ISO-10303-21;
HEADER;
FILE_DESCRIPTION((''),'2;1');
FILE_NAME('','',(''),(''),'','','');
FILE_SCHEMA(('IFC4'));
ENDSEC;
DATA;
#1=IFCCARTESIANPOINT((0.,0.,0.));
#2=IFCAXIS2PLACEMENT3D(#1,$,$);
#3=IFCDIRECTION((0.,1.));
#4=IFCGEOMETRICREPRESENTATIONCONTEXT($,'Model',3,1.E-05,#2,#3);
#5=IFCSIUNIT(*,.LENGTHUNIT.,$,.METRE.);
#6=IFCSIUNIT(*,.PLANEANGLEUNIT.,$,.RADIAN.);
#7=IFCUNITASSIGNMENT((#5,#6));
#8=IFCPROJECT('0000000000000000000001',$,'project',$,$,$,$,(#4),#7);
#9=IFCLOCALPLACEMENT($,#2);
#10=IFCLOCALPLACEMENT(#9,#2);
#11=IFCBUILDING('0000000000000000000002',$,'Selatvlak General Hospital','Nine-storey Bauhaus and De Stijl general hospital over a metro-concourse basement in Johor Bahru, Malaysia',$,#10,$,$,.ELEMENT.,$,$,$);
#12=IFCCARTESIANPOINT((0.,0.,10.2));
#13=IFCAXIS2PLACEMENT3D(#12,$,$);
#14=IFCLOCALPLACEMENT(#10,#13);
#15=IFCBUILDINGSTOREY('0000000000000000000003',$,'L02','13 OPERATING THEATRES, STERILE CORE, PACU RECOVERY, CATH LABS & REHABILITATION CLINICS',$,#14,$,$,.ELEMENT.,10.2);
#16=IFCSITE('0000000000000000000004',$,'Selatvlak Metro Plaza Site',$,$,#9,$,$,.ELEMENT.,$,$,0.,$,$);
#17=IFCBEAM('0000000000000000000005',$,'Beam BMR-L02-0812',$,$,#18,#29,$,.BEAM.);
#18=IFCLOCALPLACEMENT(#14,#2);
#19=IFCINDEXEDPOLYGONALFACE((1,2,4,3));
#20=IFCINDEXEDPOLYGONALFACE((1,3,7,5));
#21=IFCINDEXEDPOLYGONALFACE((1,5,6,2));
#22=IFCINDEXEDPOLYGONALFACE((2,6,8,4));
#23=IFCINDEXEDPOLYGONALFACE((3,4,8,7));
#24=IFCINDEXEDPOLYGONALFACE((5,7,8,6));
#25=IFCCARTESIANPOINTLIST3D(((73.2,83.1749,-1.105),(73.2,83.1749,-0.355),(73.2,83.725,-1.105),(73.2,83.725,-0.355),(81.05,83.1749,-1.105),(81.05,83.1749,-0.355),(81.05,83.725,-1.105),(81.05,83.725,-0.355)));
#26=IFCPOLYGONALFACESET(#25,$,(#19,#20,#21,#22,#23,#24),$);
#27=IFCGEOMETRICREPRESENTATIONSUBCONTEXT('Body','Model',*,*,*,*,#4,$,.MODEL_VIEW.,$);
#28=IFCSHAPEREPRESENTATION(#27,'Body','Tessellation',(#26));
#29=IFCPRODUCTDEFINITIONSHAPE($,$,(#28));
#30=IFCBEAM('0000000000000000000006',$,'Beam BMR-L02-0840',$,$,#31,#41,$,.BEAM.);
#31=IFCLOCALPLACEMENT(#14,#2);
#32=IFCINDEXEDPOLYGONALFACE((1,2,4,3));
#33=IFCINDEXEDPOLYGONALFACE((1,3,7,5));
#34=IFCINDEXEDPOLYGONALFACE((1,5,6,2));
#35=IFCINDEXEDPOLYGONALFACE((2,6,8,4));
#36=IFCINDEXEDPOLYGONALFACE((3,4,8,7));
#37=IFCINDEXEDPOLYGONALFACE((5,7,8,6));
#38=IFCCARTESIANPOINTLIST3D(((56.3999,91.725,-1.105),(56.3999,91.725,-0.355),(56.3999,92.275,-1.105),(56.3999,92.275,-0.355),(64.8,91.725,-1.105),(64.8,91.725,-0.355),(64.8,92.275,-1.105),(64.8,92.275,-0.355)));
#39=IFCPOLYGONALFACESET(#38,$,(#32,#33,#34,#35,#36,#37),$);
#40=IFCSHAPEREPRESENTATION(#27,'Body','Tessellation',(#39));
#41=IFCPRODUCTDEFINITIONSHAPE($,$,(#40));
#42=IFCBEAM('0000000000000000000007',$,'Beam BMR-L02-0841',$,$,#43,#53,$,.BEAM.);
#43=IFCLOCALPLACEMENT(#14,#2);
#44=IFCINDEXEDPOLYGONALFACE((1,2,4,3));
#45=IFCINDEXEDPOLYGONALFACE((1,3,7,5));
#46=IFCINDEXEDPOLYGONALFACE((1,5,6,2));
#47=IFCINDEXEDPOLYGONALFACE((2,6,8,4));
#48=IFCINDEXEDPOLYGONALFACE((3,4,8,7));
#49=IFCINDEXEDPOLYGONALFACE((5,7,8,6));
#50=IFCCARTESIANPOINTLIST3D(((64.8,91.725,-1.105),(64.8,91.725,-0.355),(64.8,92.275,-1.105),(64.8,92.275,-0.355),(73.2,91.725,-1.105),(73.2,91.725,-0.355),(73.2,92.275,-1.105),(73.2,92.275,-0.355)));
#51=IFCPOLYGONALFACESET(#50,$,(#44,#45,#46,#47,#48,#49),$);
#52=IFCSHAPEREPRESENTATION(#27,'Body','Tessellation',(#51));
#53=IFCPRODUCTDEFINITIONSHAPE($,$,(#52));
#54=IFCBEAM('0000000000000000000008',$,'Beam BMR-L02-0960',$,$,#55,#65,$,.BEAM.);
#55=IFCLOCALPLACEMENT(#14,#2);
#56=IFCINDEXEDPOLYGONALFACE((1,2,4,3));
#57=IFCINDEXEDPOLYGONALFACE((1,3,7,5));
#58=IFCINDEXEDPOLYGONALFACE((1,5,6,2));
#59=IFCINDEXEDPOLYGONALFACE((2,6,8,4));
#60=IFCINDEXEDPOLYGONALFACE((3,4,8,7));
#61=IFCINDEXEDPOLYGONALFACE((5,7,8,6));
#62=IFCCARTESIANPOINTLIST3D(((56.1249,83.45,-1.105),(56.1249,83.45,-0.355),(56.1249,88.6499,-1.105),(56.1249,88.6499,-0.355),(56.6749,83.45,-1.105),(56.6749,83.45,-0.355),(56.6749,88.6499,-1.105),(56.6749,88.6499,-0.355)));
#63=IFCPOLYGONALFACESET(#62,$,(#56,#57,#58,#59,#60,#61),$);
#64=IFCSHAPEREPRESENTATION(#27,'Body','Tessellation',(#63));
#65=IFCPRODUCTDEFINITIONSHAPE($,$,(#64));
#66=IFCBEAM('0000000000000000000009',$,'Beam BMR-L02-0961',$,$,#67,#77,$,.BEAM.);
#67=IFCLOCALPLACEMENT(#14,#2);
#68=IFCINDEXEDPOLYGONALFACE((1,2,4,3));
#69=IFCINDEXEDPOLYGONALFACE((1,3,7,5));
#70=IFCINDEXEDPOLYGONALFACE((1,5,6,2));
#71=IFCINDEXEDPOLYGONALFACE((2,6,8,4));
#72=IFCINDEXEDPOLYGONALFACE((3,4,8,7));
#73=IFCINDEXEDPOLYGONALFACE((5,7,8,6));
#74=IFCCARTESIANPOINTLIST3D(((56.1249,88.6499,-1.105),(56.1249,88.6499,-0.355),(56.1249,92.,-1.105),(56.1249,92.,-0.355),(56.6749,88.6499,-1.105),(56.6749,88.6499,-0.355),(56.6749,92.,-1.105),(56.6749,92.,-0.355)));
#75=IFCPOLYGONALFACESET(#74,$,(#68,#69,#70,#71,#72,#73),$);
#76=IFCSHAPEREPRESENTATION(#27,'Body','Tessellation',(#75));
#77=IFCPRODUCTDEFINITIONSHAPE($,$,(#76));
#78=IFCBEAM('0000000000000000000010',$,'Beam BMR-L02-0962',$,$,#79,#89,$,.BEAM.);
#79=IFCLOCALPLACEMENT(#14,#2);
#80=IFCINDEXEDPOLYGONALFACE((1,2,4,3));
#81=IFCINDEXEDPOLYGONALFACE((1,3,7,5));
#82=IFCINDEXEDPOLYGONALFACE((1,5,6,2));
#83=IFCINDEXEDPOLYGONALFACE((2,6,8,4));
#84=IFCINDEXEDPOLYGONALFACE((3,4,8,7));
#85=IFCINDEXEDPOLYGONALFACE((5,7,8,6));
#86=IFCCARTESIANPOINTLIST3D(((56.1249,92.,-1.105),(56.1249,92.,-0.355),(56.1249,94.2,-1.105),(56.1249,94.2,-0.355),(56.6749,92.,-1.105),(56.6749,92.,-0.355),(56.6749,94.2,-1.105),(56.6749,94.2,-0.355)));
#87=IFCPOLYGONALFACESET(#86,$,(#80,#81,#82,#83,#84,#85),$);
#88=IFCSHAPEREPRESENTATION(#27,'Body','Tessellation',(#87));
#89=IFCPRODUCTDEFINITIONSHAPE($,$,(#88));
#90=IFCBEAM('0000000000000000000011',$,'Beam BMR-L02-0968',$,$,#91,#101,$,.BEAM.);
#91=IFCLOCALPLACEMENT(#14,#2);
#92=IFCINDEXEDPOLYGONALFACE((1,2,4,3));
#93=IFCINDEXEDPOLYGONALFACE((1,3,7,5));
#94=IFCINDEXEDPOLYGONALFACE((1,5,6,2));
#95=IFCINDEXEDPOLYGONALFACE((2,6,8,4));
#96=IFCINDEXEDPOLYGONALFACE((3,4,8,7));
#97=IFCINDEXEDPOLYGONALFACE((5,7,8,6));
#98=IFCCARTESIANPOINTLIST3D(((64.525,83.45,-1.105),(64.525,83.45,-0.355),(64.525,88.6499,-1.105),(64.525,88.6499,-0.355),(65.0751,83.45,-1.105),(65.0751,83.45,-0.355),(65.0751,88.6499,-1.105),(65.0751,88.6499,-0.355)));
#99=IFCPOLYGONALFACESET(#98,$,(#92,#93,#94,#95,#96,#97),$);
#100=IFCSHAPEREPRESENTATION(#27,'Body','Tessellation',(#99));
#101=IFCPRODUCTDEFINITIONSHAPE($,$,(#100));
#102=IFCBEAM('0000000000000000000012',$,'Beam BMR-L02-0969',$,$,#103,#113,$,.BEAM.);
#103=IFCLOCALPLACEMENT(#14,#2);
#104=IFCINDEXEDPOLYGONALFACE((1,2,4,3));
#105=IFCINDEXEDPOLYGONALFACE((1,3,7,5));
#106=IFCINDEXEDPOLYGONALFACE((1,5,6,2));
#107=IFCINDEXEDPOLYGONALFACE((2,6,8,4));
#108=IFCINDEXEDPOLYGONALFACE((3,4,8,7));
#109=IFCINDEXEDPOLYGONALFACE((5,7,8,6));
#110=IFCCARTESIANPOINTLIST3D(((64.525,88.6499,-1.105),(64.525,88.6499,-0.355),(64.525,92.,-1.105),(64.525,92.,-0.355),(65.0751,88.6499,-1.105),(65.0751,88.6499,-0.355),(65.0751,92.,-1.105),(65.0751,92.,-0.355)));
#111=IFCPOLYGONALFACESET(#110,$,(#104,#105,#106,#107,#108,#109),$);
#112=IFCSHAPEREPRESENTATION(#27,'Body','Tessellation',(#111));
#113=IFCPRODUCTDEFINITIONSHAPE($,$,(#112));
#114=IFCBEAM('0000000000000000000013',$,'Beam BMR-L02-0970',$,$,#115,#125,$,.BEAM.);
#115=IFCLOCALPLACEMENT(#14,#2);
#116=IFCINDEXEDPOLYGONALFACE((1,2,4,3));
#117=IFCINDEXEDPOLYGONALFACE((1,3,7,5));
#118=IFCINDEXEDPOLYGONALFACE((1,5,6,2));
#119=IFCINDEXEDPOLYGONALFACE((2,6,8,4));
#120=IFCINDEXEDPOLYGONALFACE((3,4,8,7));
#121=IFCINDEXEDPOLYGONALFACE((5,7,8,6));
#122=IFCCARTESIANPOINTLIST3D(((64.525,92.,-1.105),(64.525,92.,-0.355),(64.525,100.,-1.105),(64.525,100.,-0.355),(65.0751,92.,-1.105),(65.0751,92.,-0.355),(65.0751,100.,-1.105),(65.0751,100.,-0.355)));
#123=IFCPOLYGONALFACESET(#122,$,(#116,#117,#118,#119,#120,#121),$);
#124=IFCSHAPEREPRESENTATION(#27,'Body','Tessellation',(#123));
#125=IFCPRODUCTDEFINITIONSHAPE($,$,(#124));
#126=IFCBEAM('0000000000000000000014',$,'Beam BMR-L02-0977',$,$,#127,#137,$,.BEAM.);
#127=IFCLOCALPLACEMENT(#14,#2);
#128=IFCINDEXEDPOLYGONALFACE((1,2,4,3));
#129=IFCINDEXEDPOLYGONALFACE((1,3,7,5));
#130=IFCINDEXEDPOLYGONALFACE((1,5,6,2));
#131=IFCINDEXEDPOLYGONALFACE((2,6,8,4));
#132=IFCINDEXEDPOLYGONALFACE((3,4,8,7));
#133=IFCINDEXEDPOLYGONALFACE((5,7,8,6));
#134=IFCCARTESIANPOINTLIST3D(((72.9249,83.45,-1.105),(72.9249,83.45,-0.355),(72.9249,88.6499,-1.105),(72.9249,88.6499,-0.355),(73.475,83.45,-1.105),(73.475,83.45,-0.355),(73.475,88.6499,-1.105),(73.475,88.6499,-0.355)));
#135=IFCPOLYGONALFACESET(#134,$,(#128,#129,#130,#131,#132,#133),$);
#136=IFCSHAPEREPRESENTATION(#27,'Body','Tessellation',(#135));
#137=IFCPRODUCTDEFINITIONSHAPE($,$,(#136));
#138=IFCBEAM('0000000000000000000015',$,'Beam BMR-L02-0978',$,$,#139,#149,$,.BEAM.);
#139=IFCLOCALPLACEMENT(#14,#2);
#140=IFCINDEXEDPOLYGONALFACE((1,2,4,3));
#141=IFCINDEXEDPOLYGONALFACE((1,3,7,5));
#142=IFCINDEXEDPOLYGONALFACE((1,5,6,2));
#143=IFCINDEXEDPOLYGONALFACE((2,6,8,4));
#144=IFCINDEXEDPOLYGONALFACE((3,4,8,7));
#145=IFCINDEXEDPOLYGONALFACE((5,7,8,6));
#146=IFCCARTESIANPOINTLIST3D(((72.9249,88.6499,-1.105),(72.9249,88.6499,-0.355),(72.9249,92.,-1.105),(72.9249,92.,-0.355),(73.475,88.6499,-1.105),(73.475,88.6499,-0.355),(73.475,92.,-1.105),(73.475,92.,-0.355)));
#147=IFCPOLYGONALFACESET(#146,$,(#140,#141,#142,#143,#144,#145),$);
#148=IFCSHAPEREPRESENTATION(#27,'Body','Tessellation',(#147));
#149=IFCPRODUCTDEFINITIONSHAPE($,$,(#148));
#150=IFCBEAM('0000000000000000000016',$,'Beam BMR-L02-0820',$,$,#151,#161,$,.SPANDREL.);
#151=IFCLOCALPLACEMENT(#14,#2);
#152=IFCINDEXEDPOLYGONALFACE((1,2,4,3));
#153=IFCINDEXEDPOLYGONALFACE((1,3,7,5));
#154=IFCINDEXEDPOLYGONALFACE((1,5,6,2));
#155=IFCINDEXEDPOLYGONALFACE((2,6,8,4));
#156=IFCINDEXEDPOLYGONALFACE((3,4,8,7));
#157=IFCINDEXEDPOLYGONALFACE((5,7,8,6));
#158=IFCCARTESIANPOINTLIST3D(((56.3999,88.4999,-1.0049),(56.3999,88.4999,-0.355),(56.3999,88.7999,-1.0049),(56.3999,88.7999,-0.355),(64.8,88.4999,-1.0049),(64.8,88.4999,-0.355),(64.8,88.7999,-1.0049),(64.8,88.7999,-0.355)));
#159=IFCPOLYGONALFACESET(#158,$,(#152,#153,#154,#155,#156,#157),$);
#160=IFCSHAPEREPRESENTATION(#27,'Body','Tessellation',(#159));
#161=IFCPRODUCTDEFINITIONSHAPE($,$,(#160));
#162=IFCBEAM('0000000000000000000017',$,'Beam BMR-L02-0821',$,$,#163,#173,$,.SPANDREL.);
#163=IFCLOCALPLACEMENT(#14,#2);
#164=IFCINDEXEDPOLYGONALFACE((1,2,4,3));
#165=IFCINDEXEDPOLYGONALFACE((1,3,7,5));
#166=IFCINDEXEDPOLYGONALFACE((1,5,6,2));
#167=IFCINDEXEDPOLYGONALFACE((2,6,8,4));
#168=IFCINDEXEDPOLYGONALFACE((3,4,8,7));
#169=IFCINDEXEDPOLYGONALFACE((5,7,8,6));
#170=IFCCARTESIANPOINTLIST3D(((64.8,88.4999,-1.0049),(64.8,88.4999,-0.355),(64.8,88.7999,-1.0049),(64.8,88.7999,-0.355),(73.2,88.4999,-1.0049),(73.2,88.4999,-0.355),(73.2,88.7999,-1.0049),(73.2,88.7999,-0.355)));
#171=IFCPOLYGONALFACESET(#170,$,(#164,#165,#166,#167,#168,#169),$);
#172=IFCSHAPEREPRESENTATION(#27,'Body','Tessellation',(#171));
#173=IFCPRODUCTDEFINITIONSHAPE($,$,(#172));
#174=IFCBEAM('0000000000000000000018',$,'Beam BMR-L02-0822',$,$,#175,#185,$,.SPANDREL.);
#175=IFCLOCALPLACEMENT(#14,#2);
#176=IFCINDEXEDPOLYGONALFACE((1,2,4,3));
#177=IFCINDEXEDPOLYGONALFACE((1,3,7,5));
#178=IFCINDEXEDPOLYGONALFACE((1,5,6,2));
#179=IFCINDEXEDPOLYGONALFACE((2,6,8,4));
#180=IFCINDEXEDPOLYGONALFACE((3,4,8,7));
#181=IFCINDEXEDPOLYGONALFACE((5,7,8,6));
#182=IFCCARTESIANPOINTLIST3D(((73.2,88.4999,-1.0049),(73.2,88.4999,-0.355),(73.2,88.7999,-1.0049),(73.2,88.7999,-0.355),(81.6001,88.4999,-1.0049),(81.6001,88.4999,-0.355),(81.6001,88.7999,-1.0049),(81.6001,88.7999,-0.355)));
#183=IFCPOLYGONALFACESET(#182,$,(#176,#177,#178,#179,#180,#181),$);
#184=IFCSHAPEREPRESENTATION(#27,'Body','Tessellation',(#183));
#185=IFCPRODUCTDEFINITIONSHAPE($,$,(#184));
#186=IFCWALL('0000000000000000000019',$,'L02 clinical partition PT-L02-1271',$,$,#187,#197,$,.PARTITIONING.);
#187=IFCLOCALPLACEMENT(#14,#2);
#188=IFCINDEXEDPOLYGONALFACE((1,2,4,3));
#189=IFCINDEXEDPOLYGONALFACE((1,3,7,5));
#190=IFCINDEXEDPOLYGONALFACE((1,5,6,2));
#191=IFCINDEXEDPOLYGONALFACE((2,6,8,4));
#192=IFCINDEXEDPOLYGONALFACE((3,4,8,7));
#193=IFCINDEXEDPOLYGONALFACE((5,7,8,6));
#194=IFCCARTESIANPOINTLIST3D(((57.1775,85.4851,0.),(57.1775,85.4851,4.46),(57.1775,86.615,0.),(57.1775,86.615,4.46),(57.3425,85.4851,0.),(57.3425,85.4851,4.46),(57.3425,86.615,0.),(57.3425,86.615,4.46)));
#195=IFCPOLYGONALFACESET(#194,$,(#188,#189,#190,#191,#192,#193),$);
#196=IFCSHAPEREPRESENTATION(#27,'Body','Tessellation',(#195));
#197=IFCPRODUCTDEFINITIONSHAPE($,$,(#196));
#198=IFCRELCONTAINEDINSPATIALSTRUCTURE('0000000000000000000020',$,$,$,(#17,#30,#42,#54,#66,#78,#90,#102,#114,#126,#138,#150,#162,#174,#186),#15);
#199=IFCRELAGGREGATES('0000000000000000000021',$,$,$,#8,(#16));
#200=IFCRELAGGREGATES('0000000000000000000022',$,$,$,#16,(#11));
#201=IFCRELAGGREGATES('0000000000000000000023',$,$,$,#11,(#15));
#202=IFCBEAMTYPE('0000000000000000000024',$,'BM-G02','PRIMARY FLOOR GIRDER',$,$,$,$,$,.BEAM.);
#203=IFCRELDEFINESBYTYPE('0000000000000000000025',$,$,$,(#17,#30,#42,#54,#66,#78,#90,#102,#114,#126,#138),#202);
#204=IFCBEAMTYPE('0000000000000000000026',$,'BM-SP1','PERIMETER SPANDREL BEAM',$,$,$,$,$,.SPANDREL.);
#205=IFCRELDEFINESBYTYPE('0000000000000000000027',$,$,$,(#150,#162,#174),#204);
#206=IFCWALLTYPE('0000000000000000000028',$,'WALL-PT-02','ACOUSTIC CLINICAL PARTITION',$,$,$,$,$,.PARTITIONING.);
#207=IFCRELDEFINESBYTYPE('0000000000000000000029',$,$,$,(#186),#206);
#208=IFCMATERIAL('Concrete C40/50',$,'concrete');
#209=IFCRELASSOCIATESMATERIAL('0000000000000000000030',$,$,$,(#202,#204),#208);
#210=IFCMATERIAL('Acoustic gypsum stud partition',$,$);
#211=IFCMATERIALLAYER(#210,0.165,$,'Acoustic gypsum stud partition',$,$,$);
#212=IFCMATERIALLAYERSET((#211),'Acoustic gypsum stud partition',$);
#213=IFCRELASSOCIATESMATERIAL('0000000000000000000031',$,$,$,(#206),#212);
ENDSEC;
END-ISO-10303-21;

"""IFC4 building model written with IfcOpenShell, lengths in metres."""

from ifc_helpers import new_model, si_unit, direction, frame, frame_2d, origin, origin_2d, place, context, subcontext, project, spatial, rectangle, extrude, material, layer, layer_set, material_profile, profile_set, type_object, element, save


model = new_model("IFC4")

# Units and contexts
model_context = context("Model", 3, precision=1e-05, world=origin(), true_north=direction((0.0, 1.0)))
body_context = subcontext(model_context, "Body", "Model", "MODEL_VIEW")
ifc_project = project(units=[si_unit("LENGTHUNIT", "METRE"), si_unit("PLANEANGLEUNIT", "RADIAN")], contexts=[model_context])

# Site, building, storey
site_placement = place(None, origin())
site = spatial("IfcSite", under=ifc_project, at=site_placement, Name="Selatvlak Metro Plaza Site", CompositionType="ELEMENT", RefElevation=0.0)
building_placement = place(site_placement, origin())
building = spatial("IfcBuilding", under=site, at=building_placement, Name="Selatvlak General Hospital", Description="Nine-storey Bauhaus and De Stijl general hospital over a metro-concourse basement in Johor Bahru, Malaysia", CompositionType="ELEMENT")
storey_placement = place(building_placement, frame((0.0, 0.0, 10.2)))
storey = spatial("IfcBuildingStorey", under=building, at=storey_placement, Name="L02", Description="13 OPERATING THEATRES, STERILE CORE, PACU RECOVERY, CATH LABS & REHABILITATION CLINICS", CompositionType="ELEMENT", Elevation=10.2)

# Beams
ifc_material_1 = material(Name="Concrete C40/50", Category="concrete")
ifc_material_profile_1 = material_profile(ifc_material_1, rectangle(XDim=0.55, YDim=0.75, at=origin_2d()), Name="RC-BM 550x750")
ifc_profile_set_1 = profile_set([ifc_material_profile_1], Name="Concrete C40/50")
beam_type_1 = type_object("IfcBeamType", Name="BM-G02", Description="PRIMARY FLOOR GIRDER", PredefinedType="BEAM", material=ifc_profile_set_1)
beam_1_placement = place(storey_placement, frame((73.2, 83.45, -0.73), z_axis=(1.0, 0.0, 0.0), x_axis=(0.0, 1.0, 0.0)))
element("IfcBeam", 1, at=beam_1_placement, inside=storey, type_object=beam_type_1, Name="Beam BMR-L02-0812", PredefinedType="BEAM", context=body_context, shape_type="SweptSolid", body=[
    extrude(rectangle(XDim=0.55, YDim=0.75, at=origin_2d()), origin(), (0.0, 0.0, 1.0), 7.8501),
])
beam_2_placement = place(storey_placement, frame((56.3999, 92.0, -0.73), z_axis=(1.0, 0.0, 0.0), x_axis=(0.0, 1.0, 0.0)))
element("IfcBeam", 2, at=beam_2_placement, inside=storey, type_object=beam_type_1, Name="Beam BMR-L02-0840", PredefinedType="BEAM", context=body_context, shape_type="SweptSolid", body=[
    extrude(rectangle(XDim=0.55, YDim=0.75, at=origin_2d()), origin(), (0.0, 0.0, 1.0), 8.4001),
])
beam_3_placement = place(storey_placement, frame((64.8, 92.0, -0.73), z_axis=(1.0, 0.0, 0.0), x_axis=(0.0, 1.0, 0.0)))
element("IfcBeam", 3, at=beam_3_placement, inside=storey, type_object=beam_type_1, Name="Beam BMR-L02-0841", PredefinedType="BEAM", context=body_context, shape_type="SweptSolid", body=[
    extrude(rectangle(XDim=0.55, YDim=0.75, at=origin_2d()), origin(), (0.0, 0.0, 1.0), 8.3999),
])
beam_4_placement = place(storey_placement, frame((56.3999, 83.45, -0.73), z_axis=(0.0, 1.0, 0.0), x_axis=(-1.0, 0.0, 0.0)))
element("IfcBeam", 4, at=beam_4_placement, inside=storey, type_object=beam_type_1, Name="Beam BMR-L02-0960", PredefinedType="BEAM", context=body_context, shape_type="SweptSolid", body=[
    extrude(rectangle(XDim=0.55, YDim=0.75, at=origin_2d()), origin(), (0.0, 0.0, 1.0), 5.2),
])
beam_5_placement = place(storey_placement, frame((56.3999, 88.6499, -0.73), z_axis=(0.0, 1.0, 0.0), x_axis=(-1.0, 0.0, 0.0)))
element("IfcBeam", 5, at=beam_5_placement, inside=storey, type_object=beam_type_1, Name="Beam BMR-L02-0961", PredefinedType="BEAM", context=body_context, shape_type="SweptSolid", body=[
    extrude(rectangle(XDim=0.55, YDim=0.75, at=origin_2d()), origin(), (0.0, 0.0, 1.0), 3.3501),
])
beam_6_placement = place(storey_placement, frame((56.3999, 92.0, -0.73), z_axis=(0.0, 1.0, 0.0), x_axis=(-1.0, 0.0, 0.0)))
element("IfcBeam", 6, at=beam_6_placement, inside=storey, type_object=beam_type_1, Name="Beam BMR-L02-0962", PredefinedType="BEAM", context=body_context, shape_type="SweptSolid", body=[
    extrude(rectangle(XDim=0.55, YDim=0.75, at=origin_2d()), origin(), (0.0, 0.0, 1.0), 2.2),
])
beam_7_placement = place(storey_placement, frame((64.8, 83.45, -0.73), z_axis=(0.0, 1.0, 0.0), x_axis=(-1.0, 0.0, 0.0)))
element("IfcBeam", 7, at=beam_7_placement, inside=storey, type_object=beam_type_1, Name="Beam BMR-L02-0968", PredefinedType="BEAM", context=body_context, shape_type="SweptSolid", body=[
    extrude(rectangle(XDim=0.55, YDim=0.75, at=origin_2d()), origin(), (0.0, 0.0, 1.0), 5.2),
])
beam_8_placement = place(storey_placement, frame((64.8, 88.6499, -0.73), z_axis=(0.0, 1.0, 0.0), x_axis=(-1.0, 0.0, 0.0)))
element("IfcBeam", 8, at=beam_8_placement, inside=storey, type_object=beam_type_1, Name="Beam BMR-L02-0969", PredefinedType="BEAM", context=body_context, shape_type="SweptSolid", body=[
    extrude(rectangle(XDim=0.55, YDim=0.75, at=origin_2d()), origin(), (0.0, 0.0, 1.0), 3.3501),
])
beam_9_placement = place(storey_placement, frame((64.8, 92.0, -0.73), z_axis=(0.0, 1.0, 0.0), x_axis=(-1.0, 0.0, 0.0)))
element("IfcBeam", 9, at=beam_9_placement, inside=storey, type_object=beam_type_1, Name="Beam BMR-L02-0970", PredefinedType="BEAM", context=body_context, shape_type="SweptSolid", body=[
    extrude(rectangle(XDim=0.55, YDim=0.75, at=origin_2d()), origin(), (0.0, 0.0, 1.0), 8.0),
])
beam_10_placement = place(storey_placement, frame((73.2, 83.45, -0.73), z_axis=(0.0, 1.0, 0.0), x_axis=(-1.0, 0.0, 0.0)))
element("IfcBeam", 10, at=beam_10_placement, inside=storey, type_object=beam_type_1, Name="Beam BMR-L02-0977", PredefinedType="BEAM", context=body_context, shape_type="SweptSolid", body=[
    extrude(rectangle(XDim=0.55, YDim=0.75, at=origin_2d()), origin(), (0.0, 0.0, 1.0), 5.2),
])
beam_11_placement = place(storey_placement, frame((73.2, 88.6499, -0.73), z_axis=(0.0, 1.0, 0.0), x_axis=(-1.0, 0.0, 0.0)))
element("IfcBeam", 11, at=beam_11_placement, inside=storey, type_object=beam_type_1, Name="Beam BMR-L02-0978", PredefinedType="BEAM", context=body_context, shape_type="SweptSolid", body=[
    extrude(rectangle(XDim=0.55, YDim=0.75, at=origin_2d()), origin(), (0.0, 0.0, 1.0), 3.3501),
])
ifc_material_profile_2 = material_profile(ifc_material_1, rectangle(XDim=0.3, YDim=0.6499, at=origin_2d()), Name="RC-SP 300x650")
ifc_profile_set_2 = profile_set([ifc_material_profile_2], Name="Concrete C40/50")
beam_type_2 = type_object("IfcBeamType", Name="BM-SP1", Description="PERIMETER SPANDREL BEAM", PredefinedType="SPANDREL", material=ifc_profile_set_2)
beam_12_placement = place(storey_placement, frame((56.3999, 88.6499, -0.6799), z_axis=(1.0, 0.0, 0.0), x_axis=(0.0, 1.0, 0.0)))
element("IfcBeam", 12, at=beam_12_placement, inside=storey, type_object=beam_type_2, Name="Beam BMR-L02-0820", PredefinedType="SPANDREL", context=body_context, shape_type="SweptSolid", body=[
    extrude(rectangle(XDim=0.3, YDim=0.6499, at=origin_2d()), origin(), (0.0, 0.0, 1.0), 8.4001),
])
beam_13_placement = place(storey_placement, frame((64.8, 88.6499, -0.6799), z_axis=(1.0, 0.0, 0.0), x_axis=(0.0, 1.0, 0.0)))
element("IfcBeam", 13, at=beam_13_placement, inside=storey, type_object=beam_type_2, Name="Beam BMR-L02-0821", PredefinedType="SPANDREL", context=body_context, shape_type="SweptSolid", body=[
    extrude(rectangle(XDim=0.3, YDim=0.6499, at=origin_2d()), origin(), (0.0, 0.0, 1.0), 8.3999),
])
beam_14_placement = place(storey_placement, frame((73.2, 88.6499, -0.6799), z_axis=(1.0, 0.0, 0.0), x_axis=(0.0, 1.0, 0.0)))
element("IfcBeam", 14, at=beam_14_placement, inside=storey, type_object=beam_type_2, Name="Beam BMR-L02-0822", PredefinedType="SPANDREL", context=body_context, shape_type="SweptSolid", body=[
    extrude(rectangle(XDim=0.3, YDim=0.6499, at=origin_2d()), origin(), (0.0, 0.0, 1.0), 8.4001),
])

# Wall
ifc_material_2 = material(Name="Acoustic gypsum stud partition")
ifc_layer = layer(ifc_material_2, 0.165, Name="Acoustic gypsum stud partition")
ifc_layer_set = layer_set([ifc_layer], Name="Acoustic gypsum stud partition")
wall_type = type_object("IfcWallType", Name="WALL-PT-02", Description="ACOUSTIC CLINICAL PARTITION", PredefinedType="PARTITIONING", material=ifc_layer_set)
wall_placement = place(storey_placement, frame((57.26, 85.4851, 0.0), z_axis=(0.0, 0.0, 1.0), x_axis=(0.0, 1.0, 0.0)))
element("IfcWall", 15, at=wall_placement, inside=storey, type_object=wall_type, Name="L02 clinical partition PT-L02-1271", PredefinedType="PARTITIONING", context=body_context, shape_type="SweptSolid", body=[
    extrude(rectangle(XDim=1.1299, YDim=0.165, at=frame_2d((0.5649, 0.0))), origin(), (0.0, 0.0, 1.0), 4.46),
])

save(model, "model.ifc")
